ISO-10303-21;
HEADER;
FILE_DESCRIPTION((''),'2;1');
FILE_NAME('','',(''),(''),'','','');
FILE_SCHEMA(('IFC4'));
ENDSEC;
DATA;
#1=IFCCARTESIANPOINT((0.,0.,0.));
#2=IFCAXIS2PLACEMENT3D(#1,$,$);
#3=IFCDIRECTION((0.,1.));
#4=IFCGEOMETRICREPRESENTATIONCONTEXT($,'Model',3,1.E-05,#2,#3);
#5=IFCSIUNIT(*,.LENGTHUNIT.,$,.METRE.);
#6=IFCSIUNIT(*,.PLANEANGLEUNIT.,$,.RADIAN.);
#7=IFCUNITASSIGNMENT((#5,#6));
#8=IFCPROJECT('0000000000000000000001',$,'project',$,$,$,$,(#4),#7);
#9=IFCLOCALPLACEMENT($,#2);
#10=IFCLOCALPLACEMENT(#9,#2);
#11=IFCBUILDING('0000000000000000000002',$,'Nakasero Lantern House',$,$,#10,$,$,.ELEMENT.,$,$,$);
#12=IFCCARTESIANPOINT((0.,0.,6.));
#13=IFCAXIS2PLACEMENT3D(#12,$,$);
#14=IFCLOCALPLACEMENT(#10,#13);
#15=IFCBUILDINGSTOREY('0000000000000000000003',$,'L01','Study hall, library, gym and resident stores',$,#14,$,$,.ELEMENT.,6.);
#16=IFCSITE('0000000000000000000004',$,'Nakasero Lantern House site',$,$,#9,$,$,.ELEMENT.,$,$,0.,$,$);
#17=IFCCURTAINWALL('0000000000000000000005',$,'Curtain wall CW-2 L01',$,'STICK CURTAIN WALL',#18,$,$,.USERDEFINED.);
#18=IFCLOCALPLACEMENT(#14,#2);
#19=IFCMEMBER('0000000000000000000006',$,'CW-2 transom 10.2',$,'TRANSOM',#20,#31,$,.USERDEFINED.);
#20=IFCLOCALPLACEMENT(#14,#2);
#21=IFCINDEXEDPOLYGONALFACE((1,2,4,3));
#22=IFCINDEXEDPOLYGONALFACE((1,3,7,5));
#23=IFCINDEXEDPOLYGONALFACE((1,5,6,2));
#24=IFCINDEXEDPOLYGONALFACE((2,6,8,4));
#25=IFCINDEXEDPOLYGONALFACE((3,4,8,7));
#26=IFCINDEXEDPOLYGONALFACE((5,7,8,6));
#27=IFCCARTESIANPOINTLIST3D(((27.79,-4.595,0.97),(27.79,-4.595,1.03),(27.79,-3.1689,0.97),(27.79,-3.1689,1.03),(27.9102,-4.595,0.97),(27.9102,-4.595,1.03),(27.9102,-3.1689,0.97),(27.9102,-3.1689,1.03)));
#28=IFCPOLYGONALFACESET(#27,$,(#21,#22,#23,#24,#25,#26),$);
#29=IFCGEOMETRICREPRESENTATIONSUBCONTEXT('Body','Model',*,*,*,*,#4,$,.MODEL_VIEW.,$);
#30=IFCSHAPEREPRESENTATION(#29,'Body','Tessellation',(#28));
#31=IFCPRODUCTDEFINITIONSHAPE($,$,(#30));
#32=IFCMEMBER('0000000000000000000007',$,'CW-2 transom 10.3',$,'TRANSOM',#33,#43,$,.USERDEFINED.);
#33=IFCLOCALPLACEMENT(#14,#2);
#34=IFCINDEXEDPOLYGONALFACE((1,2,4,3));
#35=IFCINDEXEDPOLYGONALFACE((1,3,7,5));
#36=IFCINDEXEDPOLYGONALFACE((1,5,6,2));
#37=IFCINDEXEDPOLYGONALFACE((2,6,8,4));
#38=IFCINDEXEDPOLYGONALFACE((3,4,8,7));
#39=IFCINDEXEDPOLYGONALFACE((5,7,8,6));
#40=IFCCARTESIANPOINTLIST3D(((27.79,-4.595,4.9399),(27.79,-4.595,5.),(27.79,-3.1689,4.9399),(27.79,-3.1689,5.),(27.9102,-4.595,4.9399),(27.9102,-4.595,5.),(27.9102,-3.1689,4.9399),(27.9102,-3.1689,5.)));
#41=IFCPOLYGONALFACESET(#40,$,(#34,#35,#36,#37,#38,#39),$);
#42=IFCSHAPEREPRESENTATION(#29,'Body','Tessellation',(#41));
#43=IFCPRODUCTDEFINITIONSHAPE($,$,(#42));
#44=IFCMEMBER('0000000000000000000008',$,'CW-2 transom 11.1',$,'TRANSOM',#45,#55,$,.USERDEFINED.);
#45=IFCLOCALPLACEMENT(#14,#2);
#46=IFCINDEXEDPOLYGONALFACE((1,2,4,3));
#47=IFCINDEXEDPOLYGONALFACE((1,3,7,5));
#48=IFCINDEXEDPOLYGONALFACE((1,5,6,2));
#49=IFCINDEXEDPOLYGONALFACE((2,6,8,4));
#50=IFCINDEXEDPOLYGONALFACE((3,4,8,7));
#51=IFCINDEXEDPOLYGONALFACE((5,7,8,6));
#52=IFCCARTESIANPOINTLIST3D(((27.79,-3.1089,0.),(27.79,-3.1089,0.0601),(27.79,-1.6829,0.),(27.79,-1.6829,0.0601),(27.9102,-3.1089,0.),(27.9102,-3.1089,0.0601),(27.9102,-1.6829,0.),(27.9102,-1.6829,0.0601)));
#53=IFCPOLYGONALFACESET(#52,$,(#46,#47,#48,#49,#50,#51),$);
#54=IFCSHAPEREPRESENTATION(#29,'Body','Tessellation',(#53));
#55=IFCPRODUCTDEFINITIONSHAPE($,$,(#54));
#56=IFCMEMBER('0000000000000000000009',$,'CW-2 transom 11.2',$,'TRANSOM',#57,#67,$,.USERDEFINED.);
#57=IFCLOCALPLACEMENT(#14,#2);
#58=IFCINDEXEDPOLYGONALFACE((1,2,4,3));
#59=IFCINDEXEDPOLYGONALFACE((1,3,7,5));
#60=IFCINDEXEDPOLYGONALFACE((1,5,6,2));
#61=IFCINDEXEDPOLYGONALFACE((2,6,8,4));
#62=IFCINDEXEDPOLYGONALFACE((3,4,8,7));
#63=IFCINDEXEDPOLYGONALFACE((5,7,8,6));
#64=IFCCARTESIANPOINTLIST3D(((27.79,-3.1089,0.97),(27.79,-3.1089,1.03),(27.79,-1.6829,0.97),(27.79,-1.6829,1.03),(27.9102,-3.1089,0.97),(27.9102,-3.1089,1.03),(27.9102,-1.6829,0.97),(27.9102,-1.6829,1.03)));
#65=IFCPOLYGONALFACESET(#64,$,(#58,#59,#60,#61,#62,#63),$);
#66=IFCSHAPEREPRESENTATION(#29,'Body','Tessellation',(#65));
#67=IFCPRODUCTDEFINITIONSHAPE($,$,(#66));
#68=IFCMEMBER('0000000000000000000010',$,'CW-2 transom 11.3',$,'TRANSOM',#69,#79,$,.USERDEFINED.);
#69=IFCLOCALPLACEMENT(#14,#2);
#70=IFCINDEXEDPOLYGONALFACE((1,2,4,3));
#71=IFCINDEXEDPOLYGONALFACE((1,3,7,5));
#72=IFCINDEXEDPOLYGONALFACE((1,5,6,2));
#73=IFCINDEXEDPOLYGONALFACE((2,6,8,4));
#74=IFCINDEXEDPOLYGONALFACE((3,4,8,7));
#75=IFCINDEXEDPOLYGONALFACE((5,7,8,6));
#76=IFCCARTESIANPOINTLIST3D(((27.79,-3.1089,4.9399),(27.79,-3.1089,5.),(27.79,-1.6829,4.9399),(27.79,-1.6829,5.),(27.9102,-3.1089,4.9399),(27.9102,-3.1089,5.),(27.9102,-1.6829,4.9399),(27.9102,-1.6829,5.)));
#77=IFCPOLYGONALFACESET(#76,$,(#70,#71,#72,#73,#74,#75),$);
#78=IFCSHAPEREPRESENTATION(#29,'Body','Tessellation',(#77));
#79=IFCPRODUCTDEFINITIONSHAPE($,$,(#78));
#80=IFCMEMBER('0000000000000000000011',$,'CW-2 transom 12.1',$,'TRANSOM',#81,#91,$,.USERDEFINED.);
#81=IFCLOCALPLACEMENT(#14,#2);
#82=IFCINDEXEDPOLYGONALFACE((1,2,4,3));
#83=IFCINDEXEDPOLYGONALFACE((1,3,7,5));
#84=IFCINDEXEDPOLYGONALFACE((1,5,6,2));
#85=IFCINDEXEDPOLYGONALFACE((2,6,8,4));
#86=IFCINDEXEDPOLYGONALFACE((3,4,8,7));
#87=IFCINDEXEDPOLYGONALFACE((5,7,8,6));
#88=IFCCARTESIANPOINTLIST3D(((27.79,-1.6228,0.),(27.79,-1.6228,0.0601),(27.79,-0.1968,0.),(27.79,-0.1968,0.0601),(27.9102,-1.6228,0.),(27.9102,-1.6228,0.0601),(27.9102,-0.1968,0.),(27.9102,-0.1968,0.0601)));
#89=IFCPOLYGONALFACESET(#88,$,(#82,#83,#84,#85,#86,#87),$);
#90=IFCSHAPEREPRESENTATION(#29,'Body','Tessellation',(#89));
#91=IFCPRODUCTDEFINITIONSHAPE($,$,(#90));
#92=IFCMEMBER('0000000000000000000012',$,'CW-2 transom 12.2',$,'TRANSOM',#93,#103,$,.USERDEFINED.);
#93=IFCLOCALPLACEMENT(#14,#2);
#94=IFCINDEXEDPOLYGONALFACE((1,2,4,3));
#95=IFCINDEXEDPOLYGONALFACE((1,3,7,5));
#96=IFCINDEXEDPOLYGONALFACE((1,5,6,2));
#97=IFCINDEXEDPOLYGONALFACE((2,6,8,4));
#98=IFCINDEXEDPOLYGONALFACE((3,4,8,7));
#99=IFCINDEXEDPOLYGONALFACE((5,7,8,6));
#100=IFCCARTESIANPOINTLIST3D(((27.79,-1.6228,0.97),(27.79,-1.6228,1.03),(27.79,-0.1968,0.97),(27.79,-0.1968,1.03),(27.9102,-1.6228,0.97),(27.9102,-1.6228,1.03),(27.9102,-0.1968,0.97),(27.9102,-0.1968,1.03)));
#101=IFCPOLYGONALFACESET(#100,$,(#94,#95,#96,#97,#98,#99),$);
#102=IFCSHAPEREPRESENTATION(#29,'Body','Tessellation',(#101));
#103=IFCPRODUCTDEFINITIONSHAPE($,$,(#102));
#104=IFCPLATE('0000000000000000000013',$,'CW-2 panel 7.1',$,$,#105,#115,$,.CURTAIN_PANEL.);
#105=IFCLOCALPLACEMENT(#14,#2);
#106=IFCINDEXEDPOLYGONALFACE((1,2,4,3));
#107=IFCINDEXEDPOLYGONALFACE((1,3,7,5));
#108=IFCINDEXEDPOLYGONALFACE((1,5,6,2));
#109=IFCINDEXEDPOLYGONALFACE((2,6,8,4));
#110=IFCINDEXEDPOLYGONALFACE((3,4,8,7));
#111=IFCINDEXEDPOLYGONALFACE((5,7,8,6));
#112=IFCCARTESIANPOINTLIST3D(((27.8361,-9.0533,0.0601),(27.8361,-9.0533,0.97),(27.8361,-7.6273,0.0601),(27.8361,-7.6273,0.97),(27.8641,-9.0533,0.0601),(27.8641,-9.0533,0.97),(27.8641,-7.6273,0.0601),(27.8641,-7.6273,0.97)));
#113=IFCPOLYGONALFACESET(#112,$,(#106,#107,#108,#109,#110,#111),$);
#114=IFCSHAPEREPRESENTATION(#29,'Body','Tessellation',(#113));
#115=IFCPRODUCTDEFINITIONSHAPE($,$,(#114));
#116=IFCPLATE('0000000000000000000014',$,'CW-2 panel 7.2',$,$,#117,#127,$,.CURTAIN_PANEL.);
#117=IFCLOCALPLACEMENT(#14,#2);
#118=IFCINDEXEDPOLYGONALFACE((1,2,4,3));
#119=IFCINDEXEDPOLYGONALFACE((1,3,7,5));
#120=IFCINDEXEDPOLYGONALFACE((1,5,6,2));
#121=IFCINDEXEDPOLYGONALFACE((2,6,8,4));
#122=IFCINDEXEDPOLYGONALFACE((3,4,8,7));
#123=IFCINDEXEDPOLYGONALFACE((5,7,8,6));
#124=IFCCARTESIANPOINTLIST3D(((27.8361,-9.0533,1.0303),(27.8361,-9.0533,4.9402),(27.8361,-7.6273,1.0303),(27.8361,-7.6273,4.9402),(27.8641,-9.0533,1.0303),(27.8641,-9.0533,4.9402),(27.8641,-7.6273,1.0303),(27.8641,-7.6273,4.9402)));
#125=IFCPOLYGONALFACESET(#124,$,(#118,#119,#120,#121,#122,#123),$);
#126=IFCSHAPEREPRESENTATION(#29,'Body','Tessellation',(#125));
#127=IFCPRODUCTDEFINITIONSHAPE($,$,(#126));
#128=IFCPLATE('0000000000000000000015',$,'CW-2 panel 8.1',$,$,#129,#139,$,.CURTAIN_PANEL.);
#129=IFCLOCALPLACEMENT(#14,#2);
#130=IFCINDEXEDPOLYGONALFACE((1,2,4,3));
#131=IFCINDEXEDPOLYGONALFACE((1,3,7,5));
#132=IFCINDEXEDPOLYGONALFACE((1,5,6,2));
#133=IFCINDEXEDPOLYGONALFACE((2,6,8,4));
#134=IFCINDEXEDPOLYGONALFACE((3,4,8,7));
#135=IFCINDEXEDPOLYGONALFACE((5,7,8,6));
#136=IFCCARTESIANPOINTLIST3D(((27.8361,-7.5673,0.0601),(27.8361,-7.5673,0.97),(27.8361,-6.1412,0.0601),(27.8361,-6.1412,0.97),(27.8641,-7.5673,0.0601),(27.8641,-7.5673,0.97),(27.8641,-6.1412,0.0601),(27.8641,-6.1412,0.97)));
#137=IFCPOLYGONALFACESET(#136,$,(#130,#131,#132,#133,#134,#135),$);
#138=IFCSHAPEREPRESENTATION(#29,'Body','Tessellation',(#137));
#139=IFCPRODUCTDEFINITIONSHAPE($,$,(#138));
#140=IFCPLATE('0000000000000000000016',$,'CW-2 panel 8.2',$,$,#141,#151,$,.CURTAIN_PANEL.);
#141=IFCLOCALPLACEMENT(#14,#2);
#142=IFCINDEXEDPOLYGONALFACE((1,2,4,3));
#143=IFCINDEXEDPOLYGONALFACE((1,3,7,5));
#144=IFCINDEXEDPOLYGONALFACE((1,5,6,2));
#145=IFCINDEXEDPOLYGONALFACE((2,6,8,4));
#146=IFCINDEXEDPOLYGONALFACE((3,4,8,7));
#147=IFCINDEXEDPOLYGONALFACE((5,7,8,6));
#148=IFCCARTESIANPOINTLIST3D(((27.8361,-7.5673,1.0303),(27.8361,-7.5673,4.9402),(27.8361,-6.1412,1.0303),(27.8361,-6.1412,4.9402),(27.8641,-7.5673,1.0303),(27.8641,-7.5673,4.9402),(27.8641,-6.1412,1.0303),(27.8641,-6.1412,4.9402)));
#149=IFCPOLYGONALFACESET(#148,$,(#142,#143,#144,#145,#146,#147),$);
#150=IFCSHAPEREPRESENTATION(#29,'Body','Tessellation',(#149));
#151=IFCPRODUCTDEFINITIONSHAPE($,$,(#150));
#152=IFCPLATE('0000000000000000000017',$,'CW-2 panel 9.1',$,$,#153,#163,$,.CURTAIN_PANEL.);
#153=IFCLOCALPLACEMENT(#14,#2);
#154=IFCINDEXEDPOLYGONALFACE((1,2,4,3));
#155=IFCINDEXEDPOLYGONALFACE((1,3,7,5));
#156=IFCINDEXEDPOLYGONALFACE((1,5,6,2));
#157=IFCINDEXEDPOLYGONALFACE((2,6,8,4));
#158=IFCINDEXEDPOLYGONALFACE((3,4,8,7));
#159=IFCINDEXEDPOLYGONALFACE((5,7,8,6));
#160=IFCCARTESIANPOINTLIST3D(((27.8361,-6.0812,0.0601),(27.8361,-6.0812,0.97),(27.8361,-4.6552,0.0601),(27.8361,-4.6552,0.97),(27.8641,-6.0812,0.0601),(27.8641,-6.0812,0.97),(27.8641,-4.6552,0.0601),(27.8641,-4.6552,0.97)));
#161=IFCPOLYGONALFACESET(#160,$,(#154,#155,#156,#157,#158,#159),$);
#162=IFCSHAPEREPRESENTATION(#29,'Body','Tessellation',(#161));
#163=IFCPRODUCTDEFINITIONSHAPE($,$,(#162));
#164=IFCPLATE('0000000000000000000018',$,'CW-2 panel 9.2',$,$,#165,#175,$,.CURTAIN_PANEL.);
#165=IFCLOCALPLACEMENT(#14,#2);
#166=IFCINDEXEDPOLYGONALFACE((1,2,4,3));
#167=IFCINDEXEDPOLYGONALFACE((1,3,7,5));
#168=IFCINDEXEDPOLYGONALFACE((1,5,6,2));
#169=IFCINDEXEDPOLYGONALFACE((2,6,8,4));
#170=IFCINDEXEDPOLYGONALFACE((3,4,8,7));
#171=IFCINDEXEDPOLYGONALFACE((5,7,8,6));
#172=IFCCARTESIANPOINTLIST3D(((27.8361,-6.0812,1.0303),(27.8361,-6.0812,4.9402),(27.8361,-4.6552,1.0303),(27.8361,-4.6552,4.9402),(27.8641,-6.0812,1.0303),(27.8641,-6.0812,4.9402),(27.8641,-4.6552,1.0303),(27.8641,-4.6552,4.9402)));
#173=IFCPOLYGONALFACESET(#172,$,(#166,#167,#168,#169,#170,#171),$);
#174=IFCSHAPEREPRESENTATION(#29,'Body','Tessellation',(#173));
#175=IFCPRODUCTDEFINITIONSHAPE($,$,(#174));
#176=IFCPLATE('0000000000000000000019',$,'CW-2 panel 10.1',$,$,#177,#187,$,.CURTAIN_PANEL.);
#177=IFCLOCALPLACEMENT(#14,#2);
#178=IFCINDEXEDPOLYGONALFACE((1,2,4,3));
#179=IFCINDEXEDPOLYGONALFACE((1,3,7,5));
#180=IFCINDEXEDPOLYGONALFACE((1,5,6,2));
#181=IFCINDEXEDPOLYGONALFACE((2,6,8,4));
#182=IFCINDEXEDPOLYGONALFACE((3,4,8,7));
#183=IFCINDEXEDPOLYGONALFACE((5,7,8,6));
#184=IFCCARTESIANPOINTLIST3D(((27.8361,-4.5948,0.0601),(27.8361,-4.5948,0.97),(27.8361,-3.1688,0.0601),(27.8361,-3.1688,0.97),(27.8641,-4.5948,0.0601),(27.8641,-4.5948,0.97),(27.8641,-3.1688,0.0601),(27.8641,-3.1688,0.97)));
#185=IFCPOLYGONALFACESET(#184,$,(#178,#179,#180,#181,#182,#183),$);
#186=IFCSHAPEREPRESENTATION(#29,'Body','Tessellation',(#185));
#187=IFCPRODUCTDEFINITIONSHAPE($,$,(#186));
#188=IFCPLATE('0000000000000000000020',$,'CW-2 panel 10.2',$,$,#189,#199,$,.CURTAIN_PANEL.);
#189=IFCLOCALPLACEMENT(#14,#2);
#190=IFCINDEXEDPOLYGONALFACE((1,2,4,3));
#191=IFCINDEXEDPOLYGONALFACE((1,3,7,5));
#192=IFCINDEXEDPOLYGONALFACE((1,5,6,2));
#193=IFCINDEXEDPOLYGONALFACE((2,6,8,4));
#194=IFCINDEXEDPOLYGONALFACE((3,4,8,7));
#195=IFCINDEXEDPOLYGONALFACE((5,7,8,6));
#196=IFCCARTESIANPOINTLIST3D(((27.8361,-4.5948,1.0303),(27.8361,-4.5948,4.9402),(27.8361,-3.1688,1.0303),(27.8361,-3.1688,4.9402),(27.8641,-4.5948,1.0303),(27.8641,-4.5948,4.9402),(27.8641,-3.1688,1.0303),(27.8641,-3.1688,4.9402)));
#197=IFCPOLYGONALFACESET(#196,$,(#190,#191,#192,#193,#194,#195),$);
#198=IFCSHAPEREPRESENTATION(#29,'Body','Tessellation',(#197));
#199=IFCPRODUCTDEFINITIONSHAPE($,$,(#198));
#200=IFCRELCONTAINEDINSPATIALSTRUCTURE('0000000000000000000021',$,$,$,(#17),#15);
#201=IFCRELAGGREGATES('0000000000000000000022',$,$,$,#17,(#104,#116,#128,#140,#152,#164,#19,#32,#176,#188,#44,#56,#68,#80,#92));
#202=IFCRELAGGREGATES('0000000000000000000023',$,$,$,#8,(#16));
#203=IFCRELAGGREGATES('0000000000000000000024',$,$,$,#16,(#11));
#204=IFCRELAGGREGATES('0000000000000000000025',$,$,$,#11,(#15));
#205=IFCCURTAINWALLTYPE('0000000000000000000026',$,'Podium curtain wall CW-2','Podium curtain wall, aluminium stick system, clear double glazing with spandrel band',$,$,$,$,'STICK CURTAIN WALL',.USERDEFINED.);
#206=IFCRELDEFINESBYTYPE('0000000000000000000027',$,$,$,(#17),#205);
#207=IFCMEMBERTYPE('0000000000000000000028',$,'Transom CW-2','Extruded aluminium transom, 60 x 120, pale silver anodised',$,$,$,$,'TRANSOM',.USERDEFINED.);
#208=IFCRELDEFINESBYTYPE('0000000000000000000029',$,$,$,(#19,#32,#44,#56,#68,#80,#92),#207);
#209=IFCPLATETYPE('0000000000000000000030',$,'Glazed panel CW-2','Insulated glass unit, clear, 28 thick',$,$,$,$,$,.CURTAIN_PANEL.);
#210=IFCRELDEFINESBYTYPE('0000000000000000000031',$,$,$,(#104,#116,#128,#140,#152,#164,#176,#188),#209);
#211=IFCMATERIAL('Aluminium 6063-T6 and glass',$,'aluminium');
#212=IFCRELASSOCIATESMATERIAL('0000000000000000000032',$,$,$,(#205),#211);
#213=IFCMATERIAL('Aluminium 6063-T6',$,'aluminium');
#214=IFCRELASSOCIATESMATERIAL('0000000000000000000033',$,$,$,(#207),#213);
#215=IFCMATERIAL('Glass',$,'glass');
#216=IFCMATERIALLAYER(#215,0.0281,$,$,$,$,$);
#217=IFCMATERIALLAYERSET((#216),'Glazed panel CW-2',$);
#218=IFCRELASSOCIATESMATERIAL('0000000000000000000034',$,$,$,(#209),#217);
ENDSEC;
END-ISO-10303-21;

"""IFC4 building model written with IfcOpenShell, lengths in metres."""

from ifc_helpers import new_model, si_unit, direction, frame, origin, origin_2d, place, context, subcontext, project, spatial, rectangle, extrude, material, layer, layer_set, material_profile, profile_set, type_object, element, aggregate, save


model = new_model("IFC4")

# Units and contexts
model_context = context("Model", 3, precision=1e-05, world=origin(), true_north=direction((0.0, 1.0)))
body_context = subcontext(model_context, "Body", "Model", "MODEL_VIEW")
ifc_project = project(units=[si_unit("LENGTHUNIT", "METRE"), si_unit("PLANEANGLEUNIT", "RADIAN")], contexts=[model_context])

# Site, building, storey
site_placement = place(None, origin())
site = spatial("IfcSite", under=ifc_project, at=site_placement, Name="Nakasero Lantern House site", CompositionType="ELEMENT", RefElevation=0.0)
building_placement = place(site_placement, origin())
building = spatial("IfcBuilding", under=site, at=building_placement, Name="Nakasero Lantern House", CompositionType="ELEMENT")
storey_placement = place(building_placement, frame((0.0, 0.0, 6.0)))
storey = spatial("IfcBuildingStorey", under=building, at=storey_placement, Name="L01", Description="Study hall, library, gym and resident stores", CompositionType="ELEMENT", Elevation=6.0)

# Curtain wall
ifc_material_1 = material(Name="Aluminium 6063-T6 and glass", Category="aluminium")
curtain_wall_type = type_object("IfcCurtainWallType", Name="Podium curtain wall CW-2", Description="Podium curtain wall, aluminium stick system, clear double glazing with spandrel band", ElementType="STICK CURTAIN WALL", PredefinedType="USERDEFINED", material=ifc_material_1)
curtain_wall_placement = place(storey_placement, origin())
curtain_wall = element("IfcCurtainWall", 1, at=curtain_wall_placement, inside=storey, type_object=curtain_wall_type, Name="Curtain wall CW-2 L01", ObjectType="STICK CURTAIN WALL", PredefinedType="USERDEFINED")

# Members
ifc_material_2 = material(Name="Aluminium 6063-T6", Category="aluminium")
ifc_material_profile_1 = material_profile(ifc_material_2, rectangle(XDim=0.0601, YDim=0.1201, at=origin_2d()), Name="CW-2 transom 60x120")
ifc_profile_set_1 = profile_set([ifc_material_profile_1], Name="Aluminium 6063-T6")
member_type_1 = type_object("IfcMemberType", Name="Transom CW-2", Description="Extruded aluminium transom, 60 x 120, pale silver anodised", ElementType="TRANSOM", PredefinedType="USERDEFINED", material=ifc_profile_set_1)
member_1_placement = place(storey_placement, frame((27.8501, -4.595, 1.0), z_axis=(0.0, 1.0, 0.0), x_axis=(0.0, 0.0, 1.0)))
member_1 = element("IfcMember", 2, at=member_1_placement, type_object=member_type_1, Name="CW-2 transom 10.2", ObjectType="TRANSOM", PredefinedType="USERDEFINED", context=body_context, shape_type="SweptSolid", body=[
    extrude(rectangle(XDim=0.0601, YDim=0.1201, at=origin_2d()), origin(), (0.0, 0.0, 1.0), 1.426),
])
member_2_placement = place(storey_placement, frame((27.8501, -4.595, 4.97), z_axis=(0.0, 1.0, 0.0), x_axis=(0.0, 0.0, 1.0)))
member_2 = element("IfcMember", 3, at=member_2_placement, type_object=member_type_1, Name="CW-2 transom 10.3", ObjectType="TRANSOM", PredefinedType="USERDEFINED", context=body_context, shape_type="SweptSolid", body=[
    extrude(rectangle(XDim=0.0601, YDim=0.1201, at=origin_2d()), origin(), (0.0, 0.0, 1.0), 1.426),
])
member_3_placement = place(storey_placement, frame((27.8501, -3.1089, 0.03), z_axis=(0.0, 1.0, 0.0), x_axis=(0.0, 0.0, 1.0)))
member_3 = element("IfcMember", 4, at=member_3_placement, type_object=member_type_1, Name="CW-2 transom 11.1", ObjectType="TRANSOM", PredefinedType="USERDEFINED", context=body_context, shape_type="SweptSolid", body=[
    extrude(rectangle(XDim=0.0601, YDim=0.1201, at=origin_2d()), origin(), (0.0, 0.0, 1.0), 1.426),
])
member_4_placement = place(storey_placement, frame((27.8501, -3.1089, 1.0), z_axis=(0.0, 1.0, 0.0), x_axis=(0.0, 0.0, 1.0)))
member_4 = element("IfcMember", 5, at=member_4_placement, type_object=member_type_1, Name="CW-2 transom 11.2", ObjectType="TRANSOM", PredefinedType="USERDEFINED", context=body_context, shape_type="SweptSolid", body=[
    extrude(rectangle(XDim=0.0601, YDim=0.1201, at=origin_2d()), origin(), (0.0, 0.0, 1.0), 1.426),
])
member_5_placement = place(storey_placement, frame((27.8501, -3.1089, 4.97), z_axis=(0.0, 1.0, 0.0), x_axis=(0.0, 0.0, 1.0)))
member_5 = element("IfcMember", 6, at=member_5_placement, type_object=member_type_1, Name="CW-2 transom 11.3", ObjectType="TRANSOM", PredefinedType="USERDEFINED", context=body_context, shape_type="SweptSolid", body=[
    extrude(rectangle(XDim=0.0601, YDim=0.1201, at=origin_2d()), origin(), (0.0, 0.0, 1.0), 1.426),
])
member_6_placement = place(storey_placement, frame((27.8501, -1.6228, 0.03), z_axis=(0.0, 1.0, 0.0), x_axis=(0.0, 0.0, 1.0)))
member_6 = element("IfcMember", 7, at=member_6_placement, type_object=member_type_1, Name="CW-2 transom 12.1", ObjectType="TRANSOM", PredefinedType="USERDEFINED", context=body_context, shape_type="SweptSolid", body=[
    extrude(rectangle(XDim=0.0601, YDim=0.1201, at=origin_2d()), origin(), (0.0, 0.0, 1.0), 1.426),
])
member_7_placement = place(storey_placement, frame((27.8501, -1.6228, 1.0), z_axis=(0.0, 1.0, 0.0), x_axis=(0.0, 0.0, 1.0)))
member_7 = element("IfcMember", 8, at=member_7_placement, type_object=member_type_1, Name="CW-2 transom 12.2", ObjectType="TRANSOM", PredefinedType="USERDEFINED", context=body_context, shape_type="SweptSolid", body=[
    extrude(rectangle(XDim=0.0601, YDim=0.1201, at=origin_2d()), origin(), (0.0, 0.0, 1.0), 1.426),
])

# Plates
ifc_material_3 = material(Name="Glass", Category="glass")
ifc_layer = layer(ifc_material_3, 0.0281)
ifc_layer_set = layer_set([ifc_layer], Name="Glazed panel CW-2")
plate_type = type_object("IfcPlateType", Name="Glazed panel CW-2", Description="Insulated glass unit, clear, 28 thick", PredefinedType="CURTAIN_PANEL", material=ifc_layer_set)
plate_1_placement = place(storey_placement, frame((27.8501, -8.3403, 0.0601), z_axis=(0.0, 0.0, 1.0), x_axis=(0.0, 1.0, 0.0)))
plate_1 = element("IfcPlate", 9, at=plate_1_placement, type_object=plate_type, Name="CW-2 panel 7.1", PredefinedType="CURTAIN_PANEL", context=body_context, shape_type="SweptSolid", body=[
    extrude(rectangle(XDim=1.426, YDim=0.0281, at=origin_2d()), origin(), (0.0, 0.0, 1.0), 0.9099),
])
plate_2_placement = place(storey_placement, frame((27.8501, -8.3403, 1.0303), z_axis=(0.0, 0.0, 1.0), x_axis=(0.0, 1.0, 0.0)))
plate_2 = element("IfcPlate", 10, at=plate_2_placement, type_object=plate_type, Name="CW-2 panel 7.2", PredefinedType="CURTAIN_PANEL", context=body_context, shape_type="SweptSolid", body=[
    extrude(rectangle(XDim=1.426, YDim=0.0281, at=origin_2d()), origin(), (0.0, 0.0, 1.0), 3.9099),
])
plate_3_placement = place(storey_placement, frame((27.8501, -6.8542, 0.0601), z_axis=(0.0, 0.0, 1.0), x_axis=(0.0, 1.0, 0.0)))
plate_3 = element("IfcPlate", 11, at=plate_3_placement, type_object=plate_type, Name="CW-2 panel 8.1", PredefinedType="CURTAIN_PANEL", context=body_context, shape_type="SweptSolid", body=[
    extrude(rectangle(XDim=1.426, YDim=0.0281, at=origin_2d()), origin(), (0.0, 0.0, 1.0), 0.9099),
])
plate_4_placement = place(storey_placement, frame((27.8501, -6.8542, 1.0303), z_axis=(0.0, 0.0, 1.0), x_axis=(0.0, 1.0, 0.0)))
plate_4 = element("IfcPlate", 12, at=plate_4_placement, type_object=plate_type, Name="CW-2 panel 8.2", PredefinedType="CURTAIN_PANEL", context=body_context, shape_type="SweptSolid", body=[
    extrude(rectangle(XDim=1.426, YDim=0.0281, at=origin_2d()), origin(), (0.0, 0.0, 1.0), 3.9099),
])
plate_5_placement = place(storey_placement, frame((27.8501, -5.3682, 0.0601), z_axis=(0.0, 0.0, 1.0), x_axis=(0.0, 1.0, 0.0)))
plate_5 = element("IfcPlate", 13, at=plate_5_placement, type_object=plate_type, Name="CW-2 panel 9.1", PredefinedType="CURTAIN_PANEL", context=body_context, shape_type="SweptSolid", body=[
    extrude(rectangle(XDim=1.426, YDim=0.0281, at=origin_2d()), origin(), (0.0, 0.0, 1.0), 0.9099),
])
plate_6_placement = place(storey_placement, frame((27.8501, -5.3682, 1.0303), z_axis=(0.0, 0.0, 1.0), x_axis=(0.0, 1.0, 0.0)))
plate_6 = element("IfcPlate", 14, at=plate_6_placement, type_object=plate_type, Name="CW-2 panel 9.2", PredefinedType="CURTAIN_PANEL", context=body_context, shape_type="SweptSolid", body=[
    extrude(rectangle(XDim=1.426, YDim=0.0281, at=origin_2d()), origin(), (0.0, 0.0, 1.0), 3.9099),
])
plate_7_placement = place(storey_placement, frame((27.8501, -3.8818, 0.0601), z_axis=(0.0, 0.0, 1.0), x_axis=(0.0, 1.0, 0.0)))
plate_7 = element("IfcPlate", 15, at=plate_7_placement, type_object=plate_type, Name="CW-2 panel 10.1", PredefinedType="CURTAIN_PANEL", context=body_context, shape_type="SweptSolid", body=[
    extrude(rectangle(XDim=1.426, YDim=0.0281, at=origin_2d()), origin(), (0.0, 0.0, 1.0), 0.9099),
])
plate_8_placement = place(storey_placement, frame((27.8501, -3.8818, 1.0303), z_axis=(0.0, 0.0, 1.0), x_axis=(0.0, 1.0, 0.0)))
plate_8 = element("IfcPlate", 16, at=plate_8_placement, type_object=plate_type, Name="CW-2 panel 10.2", PredefinedType="CURTAIN_PANEL", context=body_context, shape_type="SweptSolid", body=[
    extrude(rectangle(XDim=1.426, YDim=0.0281, at=origin_2d()), origin(), (0.0, 0.0, 1.0), 3.9099),
])
aggregate(curtain_wall, [plate_1, plate_2, plate_3, plate_4, plate_5, plate_6, member_1, member_2, plate_7, plate_8, member_3, member_4, member_5, member_6, member_7])

save(model, "model.ifc")
